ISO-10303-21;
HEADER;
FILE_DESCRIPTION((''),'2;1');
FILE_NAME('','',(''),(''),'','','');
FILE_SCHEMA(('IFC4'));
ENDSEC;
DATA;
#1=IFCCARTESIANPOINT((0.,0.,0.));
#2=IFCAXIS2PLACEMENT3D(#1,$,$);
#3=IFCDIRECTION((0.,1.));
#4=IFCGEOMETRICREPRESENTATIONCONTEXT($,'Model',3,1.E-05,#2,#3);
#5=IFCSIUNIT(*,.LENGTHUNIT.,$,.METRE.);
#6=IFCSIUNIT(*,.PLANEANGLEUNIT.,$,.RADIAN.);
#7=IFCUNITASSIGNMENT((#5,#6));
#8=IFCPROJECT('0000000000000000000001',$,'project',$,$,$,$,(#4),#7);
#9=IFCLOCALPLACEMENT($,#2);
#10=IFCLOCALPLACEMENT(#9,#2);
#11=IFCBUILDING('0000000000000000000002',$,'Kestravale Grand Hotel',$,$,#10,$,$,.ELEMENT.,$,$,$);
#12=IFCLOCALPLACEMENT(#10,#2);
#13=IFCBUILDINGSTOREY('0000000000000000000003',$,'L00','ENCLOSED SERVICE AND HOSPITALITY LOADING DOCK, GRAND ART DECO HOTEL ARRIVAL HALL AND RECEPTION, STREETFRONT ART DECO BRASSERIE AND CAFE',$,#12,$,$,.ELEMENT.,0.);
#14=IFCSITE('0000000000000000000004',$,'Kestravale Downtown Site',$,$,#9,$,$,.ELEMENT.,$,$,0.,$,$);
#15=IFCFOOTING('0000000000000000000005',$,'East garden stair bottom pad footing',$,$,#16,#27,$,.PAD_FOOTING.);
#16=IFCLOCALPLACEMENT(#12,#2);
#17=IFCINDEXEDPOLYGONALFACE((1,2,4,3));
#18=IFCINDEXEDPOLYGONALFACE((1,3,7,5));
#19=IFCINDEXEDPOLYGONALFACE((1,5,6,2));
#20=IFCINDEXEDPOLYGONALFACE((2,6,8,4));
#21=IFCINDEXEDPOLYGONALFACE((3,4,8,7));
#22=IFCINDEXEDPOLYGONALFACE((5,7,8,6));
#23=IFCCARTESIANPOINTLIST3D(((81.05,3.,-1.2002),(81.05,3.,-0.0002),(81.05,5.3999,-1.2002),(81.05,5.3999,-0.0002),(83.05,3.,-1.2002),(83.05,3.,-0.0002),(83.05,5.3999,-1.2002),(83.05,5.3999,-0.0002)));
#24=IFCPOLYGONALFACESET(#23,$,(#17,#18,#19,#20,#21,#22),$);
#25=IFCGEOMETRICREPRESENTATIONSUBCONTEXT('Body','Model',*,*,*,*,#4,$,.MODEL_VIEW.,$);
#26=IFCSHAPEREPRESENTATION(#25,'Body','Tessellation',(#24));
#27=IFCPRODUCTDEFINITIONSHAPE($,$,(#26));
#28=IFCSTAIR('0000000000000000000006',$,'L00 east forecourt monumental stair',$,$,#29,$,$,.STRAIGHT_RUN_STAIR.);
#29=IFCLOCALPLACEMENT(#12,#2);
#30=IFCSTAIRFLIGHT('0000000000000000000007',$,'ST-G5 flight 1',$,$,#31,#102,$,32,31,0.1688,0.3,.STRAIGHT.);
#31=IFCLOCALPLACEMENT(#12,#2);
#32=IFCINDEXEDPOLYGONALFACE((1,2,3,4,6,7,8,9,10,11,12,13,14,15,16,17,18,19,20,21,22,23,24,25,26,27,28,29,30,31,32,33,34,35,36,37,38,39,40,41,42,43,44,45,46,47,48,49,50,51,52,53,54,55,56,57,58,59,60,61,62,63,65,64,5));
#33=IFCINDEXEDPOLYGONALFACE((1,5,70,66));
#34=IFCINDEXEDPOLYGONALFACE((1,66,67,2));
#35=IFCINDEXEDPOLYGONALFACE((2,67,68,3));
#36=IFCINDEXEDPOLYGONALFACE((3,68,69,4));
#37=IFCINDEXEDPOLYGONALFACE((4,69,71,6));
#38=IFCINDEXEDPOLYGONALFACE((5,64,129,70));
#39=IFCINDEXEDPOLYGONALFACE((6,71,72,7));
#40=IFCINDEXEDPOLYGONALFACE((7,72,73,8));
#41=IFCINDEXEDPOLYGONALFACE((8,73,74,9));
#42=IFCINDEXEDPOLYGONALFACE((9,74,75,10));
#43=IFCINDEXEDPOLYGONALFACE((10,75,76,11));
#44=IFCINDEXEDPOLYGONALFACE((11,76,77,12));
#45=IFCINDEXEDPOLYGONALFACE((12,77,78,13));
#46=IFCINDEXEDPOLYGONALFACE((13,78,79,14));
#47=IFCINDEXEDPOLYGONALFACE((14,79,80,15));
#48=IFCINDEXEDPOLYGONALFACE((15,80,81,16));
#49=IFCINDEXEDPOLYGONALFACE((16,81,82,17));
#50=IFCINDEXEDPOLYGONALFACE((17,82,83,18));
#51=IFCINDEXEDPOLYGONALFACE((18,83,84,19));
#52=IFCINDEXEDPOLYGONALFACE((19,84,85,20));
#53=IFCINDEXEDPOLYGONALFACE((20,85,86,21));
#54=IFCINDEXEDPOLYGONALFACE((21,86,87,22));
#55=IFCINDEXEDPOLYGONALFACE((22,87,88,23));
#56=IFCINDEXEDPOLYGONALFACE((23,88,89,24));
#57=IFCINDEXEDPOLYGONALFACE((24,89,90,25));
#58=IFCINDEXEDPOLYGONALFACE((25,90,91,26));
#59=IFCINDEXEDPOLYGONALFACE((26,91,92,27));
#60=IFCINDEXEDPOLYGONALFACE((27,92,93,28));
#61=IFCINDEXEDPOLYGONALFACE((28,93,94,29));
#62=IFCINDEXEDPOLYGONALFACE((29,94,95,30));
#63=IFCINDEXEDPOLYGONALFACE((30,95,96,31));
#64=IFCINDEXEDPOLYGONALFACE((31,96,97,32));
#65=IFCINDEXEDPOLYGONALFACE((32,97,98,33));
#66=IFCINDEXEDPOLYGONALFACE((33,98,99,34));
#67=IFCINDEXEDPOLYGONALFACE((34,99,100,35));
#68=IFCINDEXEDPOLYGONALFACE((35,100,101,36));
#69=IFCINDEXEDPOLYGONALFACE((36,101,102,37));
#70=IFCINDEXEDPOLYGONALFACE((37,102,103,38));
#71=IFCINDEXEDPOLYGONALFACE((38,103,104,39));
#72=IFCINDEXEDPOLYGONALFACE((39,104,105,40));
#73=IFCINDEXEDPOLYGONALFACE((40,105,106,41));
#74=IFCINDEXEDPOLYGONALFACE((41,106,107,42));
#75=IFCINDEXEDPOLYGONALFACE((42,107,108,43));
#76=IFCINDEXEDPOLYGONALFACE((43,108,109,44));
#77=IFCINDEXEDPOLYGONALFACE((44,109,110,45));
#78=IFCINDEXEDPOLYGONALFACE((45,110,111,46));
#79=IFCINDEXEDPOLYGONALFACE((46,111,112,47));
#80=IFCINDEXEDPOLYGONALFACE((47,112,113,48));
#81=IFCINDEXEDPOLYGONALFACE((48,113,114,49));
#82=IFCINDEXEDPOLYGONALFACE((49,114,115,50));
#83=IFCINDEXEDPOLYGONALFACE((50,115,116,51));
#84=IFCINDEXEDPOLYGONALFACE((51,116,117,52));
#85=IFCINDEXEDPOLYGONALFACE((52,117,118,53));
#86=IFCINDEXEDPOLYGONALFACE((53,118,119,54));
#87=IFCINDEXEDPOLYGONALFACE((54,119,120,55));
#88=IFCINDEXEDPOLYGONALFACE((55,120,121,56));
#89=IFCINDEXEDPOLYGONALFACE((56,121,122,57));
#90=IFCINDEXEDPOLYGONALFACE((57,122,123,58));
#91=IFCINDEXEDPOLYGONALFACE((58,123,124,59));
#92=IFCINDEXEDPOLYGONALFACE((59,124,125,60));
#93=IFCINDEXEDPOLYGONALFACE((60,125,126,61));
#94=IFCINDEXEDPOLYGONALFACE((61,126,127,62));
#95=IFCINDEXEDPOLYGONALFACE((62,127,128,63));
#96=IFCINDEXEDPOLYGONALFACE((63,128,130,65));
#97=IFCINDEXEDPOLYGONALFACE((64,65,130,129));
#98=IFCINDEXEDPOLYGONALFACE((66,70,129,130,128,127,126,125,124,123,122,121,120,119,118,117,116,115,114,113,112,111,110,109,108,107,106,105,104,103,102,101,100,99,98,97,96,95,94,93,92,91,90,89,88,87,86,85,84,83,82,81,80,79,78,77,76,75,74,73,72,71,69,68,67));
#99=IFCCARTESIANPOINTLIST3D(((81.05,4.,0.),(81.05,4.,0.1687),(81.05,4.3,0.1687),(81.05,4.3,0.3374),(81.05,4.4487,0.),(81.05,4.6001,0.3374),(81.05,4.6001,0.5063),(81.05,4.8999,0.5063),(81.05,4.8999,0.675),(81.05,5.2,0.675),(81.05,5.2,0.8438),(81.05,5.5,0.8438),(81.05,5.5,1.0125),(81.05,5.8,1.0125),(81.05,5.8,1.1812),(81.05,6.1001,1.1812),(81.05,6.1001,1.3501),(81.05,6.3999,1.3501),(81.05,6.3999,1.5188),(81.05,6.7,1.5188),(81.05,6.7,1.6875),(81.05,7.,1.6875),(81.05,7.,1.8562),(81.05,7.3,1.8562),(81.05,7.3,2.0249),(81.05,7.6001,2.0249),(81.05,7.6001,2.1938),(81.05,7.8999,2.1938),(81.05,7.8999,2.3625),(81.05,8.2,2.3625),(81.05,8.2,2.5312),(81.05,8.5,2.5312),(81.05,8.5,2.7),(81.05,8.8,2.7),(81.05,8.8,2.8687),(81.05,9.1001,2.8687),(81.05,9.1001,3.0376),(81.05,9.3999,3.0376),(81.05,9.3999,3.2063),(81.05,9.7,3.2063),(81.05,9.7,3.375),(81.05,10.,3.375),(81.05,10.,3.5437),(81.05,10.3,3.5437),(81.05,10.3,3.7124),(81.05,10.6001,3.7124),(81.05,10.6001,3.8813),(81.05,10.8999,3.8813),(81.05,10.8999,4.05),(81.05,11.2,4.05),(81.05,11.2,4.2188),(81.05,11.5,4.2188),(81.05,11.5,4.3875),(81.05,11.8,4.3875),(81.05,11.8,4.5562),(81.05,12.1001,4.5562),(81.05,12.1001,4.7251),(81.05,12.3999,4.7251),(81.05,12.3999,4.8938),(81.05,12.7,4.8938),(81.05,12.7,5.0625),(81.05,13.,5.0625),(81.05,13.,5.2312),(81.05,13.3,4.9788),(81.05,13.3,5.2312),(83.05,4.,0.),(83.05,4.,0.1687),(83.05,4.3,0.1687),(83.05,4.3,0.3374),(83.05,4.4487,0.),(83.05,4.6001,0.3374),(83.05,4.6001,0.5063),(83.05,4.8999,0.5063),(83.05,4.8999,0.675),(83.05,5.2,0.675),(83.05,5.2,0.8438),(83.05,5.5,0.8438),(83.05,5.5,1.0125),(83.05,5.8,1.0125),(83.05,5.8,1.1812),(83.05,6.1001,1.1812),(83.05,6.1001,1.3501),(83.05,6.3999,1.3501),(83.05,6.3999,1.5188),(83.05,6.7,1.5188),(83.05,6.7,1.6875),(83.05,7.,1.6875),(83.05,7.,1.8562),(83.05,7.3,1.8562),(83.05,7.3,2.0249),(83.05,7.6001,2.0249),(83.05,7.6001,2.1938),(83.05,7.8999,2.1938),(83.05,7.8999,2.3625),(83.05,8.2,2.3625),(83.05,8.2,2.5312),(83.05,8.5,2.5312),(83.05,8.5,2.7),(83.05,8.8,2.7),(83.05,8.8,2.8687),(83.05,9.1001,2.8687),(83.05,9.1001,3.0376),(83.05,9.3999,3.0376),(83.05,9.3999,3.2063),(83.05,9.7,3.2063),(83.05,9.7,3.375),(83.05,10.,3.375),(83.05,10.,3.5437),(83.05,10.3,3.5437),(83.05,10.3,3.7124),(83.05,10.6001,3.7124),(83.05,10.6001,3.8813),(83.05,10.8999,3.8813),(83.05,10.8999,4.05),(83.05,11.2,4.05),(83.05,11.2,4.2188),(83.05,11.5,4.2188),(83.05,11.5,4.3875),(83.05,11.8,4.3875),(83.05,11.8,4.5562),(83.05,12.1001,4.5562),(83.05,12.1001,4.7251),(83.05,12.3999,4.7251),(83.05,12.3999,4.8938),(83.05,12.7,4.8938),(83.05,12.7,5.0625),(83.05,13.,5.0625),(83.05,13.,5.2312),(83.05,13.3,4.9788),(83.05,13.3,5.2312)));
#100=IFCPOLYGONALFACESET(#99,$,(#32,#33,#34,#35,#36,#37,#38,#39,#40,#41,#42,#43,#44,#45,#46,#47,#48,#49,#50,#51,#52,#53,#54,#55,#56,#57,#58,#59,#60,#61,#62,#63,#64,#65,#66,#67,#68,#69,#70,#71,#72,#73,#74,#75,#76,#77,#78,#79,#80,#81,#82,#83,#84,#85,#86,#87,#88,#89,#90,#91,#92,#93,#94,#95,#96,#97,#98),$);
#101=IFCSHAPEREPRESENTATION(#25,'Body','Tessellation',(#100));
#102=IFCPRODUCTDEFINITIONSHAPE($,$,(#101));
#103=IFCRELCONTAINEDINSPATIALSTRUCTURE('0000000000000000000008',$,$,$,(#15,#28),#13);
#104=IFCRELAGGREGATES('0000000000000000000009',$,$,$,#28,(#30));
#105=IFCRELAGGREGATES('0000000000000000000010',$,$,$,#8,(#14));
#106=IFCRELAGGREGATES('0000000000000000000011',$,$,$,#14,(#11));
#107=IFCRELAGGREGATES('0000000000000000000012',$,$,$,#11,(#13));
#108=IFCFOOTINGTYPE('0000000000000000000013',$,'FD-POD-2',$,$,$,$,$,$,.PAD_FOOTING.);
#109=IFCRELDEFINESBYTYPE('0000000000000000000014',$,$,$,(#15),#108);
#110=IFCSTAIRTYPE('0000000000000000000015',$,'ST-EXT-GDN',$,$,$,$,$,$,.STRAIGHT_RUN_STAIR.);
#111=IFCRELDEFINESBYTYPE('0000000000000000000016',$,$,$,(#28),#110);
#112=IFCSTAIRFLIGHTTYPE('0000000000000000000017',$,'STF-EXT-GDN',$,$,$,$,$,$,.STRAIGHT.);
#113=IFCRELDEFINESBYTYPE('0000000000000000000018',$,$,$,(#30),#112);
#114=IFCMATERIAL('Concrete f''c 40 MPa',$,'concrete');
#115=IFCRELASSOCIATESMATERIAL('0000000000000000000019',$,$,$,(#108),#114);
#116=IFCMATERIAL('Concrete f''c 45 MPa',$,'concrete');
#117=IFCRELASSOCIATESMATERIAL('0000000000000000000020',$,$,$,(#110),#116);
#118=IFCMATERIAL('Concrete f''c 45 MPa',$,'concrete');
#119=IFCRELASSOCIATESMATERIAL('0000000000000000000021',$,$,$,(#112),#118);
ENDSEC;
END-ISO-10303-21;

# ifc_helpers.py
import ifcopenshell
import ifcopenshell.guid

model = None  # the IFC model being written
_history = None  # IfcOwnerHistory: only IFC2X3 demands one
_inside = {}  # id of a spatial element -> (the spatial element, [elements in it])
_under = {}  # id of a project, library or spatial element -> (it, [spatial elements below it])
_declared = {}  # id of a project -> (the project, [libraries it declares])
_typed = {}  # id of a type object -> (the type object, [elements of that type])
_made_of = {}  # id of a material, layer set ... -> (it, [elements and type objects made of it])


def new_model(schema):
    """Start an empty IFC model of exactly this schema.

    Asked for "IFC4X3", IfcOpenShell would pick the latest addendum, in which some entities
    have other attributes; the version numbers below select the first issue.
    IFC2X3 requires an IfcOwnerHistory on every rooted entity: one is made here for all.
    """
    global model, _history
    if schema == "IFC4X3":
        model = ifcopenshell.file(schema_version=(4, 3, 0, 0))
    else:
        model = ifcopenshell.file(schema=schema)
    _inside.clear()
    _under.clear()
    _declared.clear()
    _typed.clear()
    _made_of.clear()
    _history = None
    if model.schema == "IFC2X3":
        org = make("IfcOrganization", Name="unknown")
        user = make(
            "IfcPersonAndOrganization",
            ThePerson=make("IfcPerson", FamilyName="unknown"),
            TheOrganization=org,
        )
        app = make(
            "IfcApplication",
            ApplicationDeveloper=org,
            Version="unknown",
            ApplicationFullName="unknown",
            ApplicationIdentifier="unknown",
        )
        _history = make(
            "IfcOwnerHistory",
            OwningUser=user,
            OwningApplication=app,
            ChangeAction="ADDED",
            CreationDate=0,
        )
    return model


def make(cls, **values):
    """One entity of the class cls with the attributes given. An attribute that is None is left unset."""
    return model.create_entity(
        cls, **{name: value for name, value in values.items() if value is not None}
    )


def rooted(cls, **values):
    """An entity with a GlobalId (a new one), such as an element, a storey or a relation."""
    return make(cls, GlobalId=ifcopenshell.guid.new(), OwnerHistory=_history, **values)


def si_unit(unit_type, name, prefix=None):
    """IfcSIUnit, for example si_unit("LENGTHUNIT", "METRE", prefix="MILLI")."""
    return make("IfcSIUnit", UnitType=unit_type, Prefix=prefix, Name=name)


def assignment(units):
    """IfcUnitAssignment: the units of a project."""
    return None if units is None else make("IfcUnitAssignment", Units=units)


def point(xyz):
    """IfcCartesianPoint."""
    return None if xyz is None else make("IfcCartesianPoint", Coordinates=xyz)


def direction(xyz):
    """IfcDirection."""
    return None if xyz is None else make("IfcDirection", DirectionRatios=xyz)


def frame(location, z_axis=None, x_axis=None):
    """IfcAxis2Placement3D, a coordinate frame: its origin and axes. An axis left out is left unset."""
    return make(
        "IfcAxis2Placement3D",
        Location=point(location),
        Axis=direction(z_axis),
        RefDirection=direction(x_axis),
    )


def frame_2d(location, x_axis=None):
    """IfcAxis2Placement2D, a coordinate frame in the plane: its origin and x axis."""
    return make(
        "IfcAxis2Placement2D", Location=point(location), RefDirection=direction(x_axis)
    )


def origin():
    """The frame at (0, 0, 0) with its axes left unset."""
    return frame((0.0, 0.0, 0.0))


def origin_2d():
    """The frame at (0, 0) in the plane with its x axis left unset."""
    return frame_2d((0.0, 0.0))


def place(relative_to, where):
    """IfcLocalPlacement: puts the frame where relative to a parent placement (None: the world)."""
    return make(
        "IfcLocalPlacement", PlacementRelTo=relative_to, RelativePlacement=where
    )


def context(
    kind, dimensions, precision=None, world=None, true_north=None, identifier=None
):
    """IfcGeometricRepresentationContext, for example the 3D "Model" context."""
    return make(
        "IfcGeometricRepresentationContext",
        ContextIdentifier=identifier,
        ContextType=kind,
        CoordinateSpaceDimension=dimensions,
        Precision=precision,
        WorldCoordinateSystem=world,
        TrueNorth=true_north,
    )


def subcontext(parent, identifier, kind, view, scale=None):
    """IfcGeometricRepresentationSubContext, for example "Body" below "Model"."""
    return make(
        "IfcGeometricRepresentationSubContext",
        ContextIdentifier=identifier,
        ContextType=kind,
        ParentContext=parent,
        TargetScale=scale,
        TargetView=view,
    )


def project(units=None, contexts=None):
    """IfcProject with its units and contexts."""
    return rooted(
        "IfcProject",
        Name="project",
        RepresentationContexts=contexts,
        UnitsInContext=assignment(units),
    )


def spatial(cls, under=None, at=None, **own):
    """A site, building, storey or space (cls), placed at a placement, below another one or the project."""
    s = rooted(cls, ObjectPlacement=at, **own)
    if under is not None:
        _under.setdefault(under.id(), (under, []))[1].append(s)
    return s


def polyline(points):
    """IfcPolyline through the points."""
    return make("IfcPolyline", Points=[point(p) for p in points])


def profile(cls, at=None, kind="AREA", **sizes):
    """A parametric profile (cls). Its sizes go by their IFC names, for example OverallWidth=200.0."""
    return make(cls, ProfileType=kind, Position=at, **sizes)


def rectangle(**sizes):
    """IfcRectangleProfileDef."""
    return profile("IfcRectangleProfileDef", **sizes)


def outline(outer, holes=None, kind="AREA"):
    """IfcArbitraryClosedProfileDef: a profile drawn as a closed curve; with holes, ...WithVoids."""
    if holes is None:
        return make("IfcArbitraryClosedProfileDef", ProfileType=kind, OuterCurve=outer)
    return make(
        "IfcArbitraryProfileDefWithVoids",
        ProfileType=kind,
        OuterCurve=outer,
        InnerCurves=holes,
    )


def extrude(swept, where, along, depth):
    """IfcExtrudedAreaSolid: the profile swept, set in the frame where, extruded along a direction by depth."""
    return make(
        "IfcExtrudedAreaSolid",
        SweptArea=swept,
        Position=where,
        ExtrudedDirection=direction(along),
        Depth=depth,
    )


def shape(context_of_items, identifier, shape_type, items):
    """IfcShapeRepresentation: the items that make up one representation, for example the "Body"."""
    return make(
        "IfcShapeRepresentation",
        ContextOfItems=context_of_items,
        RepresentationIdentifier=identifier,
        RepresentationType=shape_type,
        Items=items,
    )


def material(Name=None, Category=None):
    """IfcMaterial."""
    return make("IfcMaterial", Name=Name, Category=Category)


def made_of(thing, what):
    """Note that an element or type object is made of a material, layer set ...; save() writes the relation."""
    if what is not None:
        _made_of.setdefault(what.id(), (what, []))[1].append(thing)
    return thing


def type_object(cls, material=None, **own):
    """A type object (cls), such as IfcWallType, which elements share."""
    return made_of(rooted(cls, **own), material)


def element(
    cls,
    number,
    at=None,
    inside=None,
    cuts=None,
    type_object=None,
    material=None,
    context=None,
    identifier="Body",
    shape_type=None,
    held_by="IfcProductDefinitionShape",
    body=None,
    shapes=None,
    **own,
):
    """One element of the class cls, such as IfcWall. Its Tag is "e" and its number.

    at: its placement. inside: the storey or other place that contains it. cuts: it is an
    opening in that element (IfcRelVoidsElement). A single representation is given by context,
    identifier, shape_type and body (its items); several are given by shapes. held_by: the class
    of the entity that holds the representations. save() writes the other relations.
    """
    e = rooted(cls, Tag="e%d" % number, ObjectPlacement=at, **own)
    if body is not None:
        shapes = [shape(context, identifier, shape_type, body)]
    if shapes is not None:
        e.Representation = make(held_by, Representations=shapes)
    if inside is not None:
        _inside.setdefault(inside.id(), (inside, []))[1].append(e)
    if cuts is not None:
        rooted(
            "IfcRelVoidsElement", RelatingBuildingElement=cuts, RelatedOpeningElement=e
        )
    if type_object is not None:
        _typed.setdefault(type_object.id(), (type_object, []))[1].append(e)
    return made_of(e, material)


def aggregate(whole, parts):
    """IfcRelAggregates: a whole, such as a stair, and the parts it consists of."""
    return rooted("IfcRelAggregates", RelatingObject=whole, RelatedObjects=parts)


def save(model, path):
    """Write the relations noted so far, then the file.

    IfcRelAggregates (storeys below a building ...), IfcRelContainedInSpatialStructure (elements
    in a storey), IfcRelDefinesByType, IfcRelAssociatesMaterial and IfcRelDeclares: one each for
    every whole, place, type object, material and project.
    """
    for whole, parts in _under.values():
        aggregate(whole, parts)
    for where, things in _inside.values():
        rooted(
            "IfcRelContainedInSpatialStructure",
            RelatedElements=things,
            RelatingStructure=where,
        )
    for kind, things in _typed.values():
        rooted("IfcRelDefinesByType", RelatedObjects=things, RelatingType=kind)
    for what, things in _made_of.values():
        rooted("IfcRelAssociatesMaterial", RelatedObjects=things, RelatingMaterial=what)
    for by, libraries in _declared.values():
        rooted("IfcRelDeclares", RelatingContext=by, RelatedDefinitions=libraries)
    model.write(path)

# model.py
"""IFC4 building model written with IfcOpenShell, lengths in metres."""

from ifc_helpers import new_model, si_unit, direction, frame, origin, origin_2d, place, context, subcontext, project, spatial, polyline, rectangle, outline, extrude, material, type_object, element, aggregate, save


model = new_model("IFC4")

# Units and contexts
model_context = context("Model", 3, precision=1e-05, world=origin(), true_north=direction((0.0, 1.0)))
body_context = subcontext(model_context, "Body", "Model", "MODEL_VIEW")
ifc_project = project(units=[si_unit("LENGTHUNIT", "METRE"), si_unit("PLANEANGLEUNIT", "RADIAN")], contexts=[model_context])

# Site, building, storey
site_placement = place(None, origin())
site = spatial("IfcSite", under=ifc_project, at=site_placement, Name="Kestravale Downtown Site", CompositionType="ELEMENT", RefElevation=0.0)
building_placement = place(site_placement, origin())
building = spatial("IfcBuilding", under=site, at=building_placement, Name="Kestravale Grand Hotel", CompositionType="ELEMENT")
storey_placement = place(building_placement, origin())
storey = spatial("IfcBuildingStorey", under=building, at=storey_placement, Name="L00", Description="ENCLOSED SERVICE AND HOSPITALITY LOADING DOCK, GRAND ART DECO HOTEL ARRIVAL HALL AND RECEPTION, STREETFRONT ART DECO BRASSERIE AND CAFE", CompositionType="ELEMENT", Elevation=0.0)

# Footing
ifc_material_1 = material(Name="Concrete f'c 40 MPa", Category="concrete")
footing_type = type_object("IfcFootingType", Name="FD-POD-2", PredefinedType="PAD_FOOTING", material=ifc_material_1)
footing_placement = place(storey_placement, frame((82.05, 4.2, -1.2002), z_axis=(0.0, 0.0, 1.0), x_axis=(1.0, 0.0, 0.0)))
element("IfcFooting", 1, at=footing_placement, inside=storey, type_object=footing_type, Name="East garden stair bottom pad footing", PredefinedType="PAD_FOOTING", context=body_context, shape_type="SweptSolid", body=[
    extrude(rectangle(XDim=2.0, YDim=2.3999, at=origin_2d()), origin(), (0.0, 0.0, 1.0), 1.2),
])

# Stair, stair flight
ifc_material_2 = material(Name="Concrete f'c 45 MPa", Category="concrete")
stair_type = type_object("IfcStairType", Name="ST-EXT-GDN", PredefinedType="STRAIGHT_RUN_STAIR", material=ifc_material_2)
stair_placement = place(storey_placement, origin())
stair = element("IfcStair", 2, at=stair_placement, inside=storey, type_object=stair_type, Name="L00 east forecourt monumental stair", PredefinedType="STRAIGHT_RUN_STAIR")
ifc_material_3 = material(Name="Concrete f'c 45 MPa", Category="concrete")
stair_flight_type = type_object("IfcStairFlightType", Name="STF-EXT-GDN", PredefinedType="STRAIGHT", material=ifc_material_3)
stair_flight_placement = place(storey_placement, frame((82.05, 4.0, 0.0), z_axis=(0.0, 0.0, 1.0), x_axis=(0.0, 1.0, 0.0)))
stair_flight = element("IfcStairFlight", 3, at=stair_flight_placement, type_object=stair_flight_type, Name="ST-G5 flight 1", NumberOfRisers=32, NumberOfTreads=31, PredefinedType="STRAIGHT", RiserHeight=0.1688, TreadLength=0.3, context=body_context, shape_type="SweptSolid", body=[
    extrude(outline(polyline([(0.0, 0.0), (0.0, 0.1687), (0.3, 0.1687), (0.3, 0.3374), (0.6001, 0.3374), (0.6001, 0.5063), (0.8999, 0.5063), (0.8999, 0.675), (1.2, 0.675), (1.2, 0.8438), (1.5, 0.8438), (1.5, 1.0125), (1.8, 1.0125), (1.8, 1.1812), (2.1001, 1.1812), (2.1001, 1.3501), (2.3999, 1.3501), (2.3999, 1.5188), (2.7, 1.5188), (2.7, 1.6875), (3.0, 1.6875), (3.0, 1.8562), (3.3, 1.8562), (3.3, 2.0249), (3.6001, 2.0249), (3.6001, 2.1938), (3.8999, 2.1938), (3.8999, 2.3625), (4.2, 2.3625), (4.2, 2.5312), (4.5, 2.5312), (4.5, 2.7), (4.8, 2.7), (4.8, 2.8687), (5.1001, 2.8687), (5.1001, 3.0376), (5.3999, 3.0376), (5.3999, 3.2063), (5.7, 3.2063), (5.7, 3.375), (6.0, 3.375), (6.0, 3.5437), (6.3, 3.5437), (6.3, 3.7124), (6.6001, 3.7124), (6.6001, 3.8813), (6.8999, 3.8813), (6.8999, 4.05), (7.2, 4.05), (7.2, 4.2188), (7.5, 4.2188), (7.5, 4.3875), (7.8, 4.3875), (7.8, 4.5562), (8.1001, 4.5562), (8.1001, 4.7251), (8.3999, 4.7251), (8.3999, 4.8938), (8.7, 4.8938), (8.7, 5.0625), (9.0, 5.0625), (9.0, 5.2312), (9.3, 5.2312), (9.3, 5.3999), (9.3, 4.9788), (0.4487, 0.0), (0.0, 0.0)])), frame((0.0, 1.0, 0.0), z_axis=(0.0, -1.0, 0.0), x_axis=(1.0, 0.0, 0.0)), (0.0, 0.0, 1.0), 2.0),
])
aggregate(stair, [stair_flight])

save(model, "model.ifc")
